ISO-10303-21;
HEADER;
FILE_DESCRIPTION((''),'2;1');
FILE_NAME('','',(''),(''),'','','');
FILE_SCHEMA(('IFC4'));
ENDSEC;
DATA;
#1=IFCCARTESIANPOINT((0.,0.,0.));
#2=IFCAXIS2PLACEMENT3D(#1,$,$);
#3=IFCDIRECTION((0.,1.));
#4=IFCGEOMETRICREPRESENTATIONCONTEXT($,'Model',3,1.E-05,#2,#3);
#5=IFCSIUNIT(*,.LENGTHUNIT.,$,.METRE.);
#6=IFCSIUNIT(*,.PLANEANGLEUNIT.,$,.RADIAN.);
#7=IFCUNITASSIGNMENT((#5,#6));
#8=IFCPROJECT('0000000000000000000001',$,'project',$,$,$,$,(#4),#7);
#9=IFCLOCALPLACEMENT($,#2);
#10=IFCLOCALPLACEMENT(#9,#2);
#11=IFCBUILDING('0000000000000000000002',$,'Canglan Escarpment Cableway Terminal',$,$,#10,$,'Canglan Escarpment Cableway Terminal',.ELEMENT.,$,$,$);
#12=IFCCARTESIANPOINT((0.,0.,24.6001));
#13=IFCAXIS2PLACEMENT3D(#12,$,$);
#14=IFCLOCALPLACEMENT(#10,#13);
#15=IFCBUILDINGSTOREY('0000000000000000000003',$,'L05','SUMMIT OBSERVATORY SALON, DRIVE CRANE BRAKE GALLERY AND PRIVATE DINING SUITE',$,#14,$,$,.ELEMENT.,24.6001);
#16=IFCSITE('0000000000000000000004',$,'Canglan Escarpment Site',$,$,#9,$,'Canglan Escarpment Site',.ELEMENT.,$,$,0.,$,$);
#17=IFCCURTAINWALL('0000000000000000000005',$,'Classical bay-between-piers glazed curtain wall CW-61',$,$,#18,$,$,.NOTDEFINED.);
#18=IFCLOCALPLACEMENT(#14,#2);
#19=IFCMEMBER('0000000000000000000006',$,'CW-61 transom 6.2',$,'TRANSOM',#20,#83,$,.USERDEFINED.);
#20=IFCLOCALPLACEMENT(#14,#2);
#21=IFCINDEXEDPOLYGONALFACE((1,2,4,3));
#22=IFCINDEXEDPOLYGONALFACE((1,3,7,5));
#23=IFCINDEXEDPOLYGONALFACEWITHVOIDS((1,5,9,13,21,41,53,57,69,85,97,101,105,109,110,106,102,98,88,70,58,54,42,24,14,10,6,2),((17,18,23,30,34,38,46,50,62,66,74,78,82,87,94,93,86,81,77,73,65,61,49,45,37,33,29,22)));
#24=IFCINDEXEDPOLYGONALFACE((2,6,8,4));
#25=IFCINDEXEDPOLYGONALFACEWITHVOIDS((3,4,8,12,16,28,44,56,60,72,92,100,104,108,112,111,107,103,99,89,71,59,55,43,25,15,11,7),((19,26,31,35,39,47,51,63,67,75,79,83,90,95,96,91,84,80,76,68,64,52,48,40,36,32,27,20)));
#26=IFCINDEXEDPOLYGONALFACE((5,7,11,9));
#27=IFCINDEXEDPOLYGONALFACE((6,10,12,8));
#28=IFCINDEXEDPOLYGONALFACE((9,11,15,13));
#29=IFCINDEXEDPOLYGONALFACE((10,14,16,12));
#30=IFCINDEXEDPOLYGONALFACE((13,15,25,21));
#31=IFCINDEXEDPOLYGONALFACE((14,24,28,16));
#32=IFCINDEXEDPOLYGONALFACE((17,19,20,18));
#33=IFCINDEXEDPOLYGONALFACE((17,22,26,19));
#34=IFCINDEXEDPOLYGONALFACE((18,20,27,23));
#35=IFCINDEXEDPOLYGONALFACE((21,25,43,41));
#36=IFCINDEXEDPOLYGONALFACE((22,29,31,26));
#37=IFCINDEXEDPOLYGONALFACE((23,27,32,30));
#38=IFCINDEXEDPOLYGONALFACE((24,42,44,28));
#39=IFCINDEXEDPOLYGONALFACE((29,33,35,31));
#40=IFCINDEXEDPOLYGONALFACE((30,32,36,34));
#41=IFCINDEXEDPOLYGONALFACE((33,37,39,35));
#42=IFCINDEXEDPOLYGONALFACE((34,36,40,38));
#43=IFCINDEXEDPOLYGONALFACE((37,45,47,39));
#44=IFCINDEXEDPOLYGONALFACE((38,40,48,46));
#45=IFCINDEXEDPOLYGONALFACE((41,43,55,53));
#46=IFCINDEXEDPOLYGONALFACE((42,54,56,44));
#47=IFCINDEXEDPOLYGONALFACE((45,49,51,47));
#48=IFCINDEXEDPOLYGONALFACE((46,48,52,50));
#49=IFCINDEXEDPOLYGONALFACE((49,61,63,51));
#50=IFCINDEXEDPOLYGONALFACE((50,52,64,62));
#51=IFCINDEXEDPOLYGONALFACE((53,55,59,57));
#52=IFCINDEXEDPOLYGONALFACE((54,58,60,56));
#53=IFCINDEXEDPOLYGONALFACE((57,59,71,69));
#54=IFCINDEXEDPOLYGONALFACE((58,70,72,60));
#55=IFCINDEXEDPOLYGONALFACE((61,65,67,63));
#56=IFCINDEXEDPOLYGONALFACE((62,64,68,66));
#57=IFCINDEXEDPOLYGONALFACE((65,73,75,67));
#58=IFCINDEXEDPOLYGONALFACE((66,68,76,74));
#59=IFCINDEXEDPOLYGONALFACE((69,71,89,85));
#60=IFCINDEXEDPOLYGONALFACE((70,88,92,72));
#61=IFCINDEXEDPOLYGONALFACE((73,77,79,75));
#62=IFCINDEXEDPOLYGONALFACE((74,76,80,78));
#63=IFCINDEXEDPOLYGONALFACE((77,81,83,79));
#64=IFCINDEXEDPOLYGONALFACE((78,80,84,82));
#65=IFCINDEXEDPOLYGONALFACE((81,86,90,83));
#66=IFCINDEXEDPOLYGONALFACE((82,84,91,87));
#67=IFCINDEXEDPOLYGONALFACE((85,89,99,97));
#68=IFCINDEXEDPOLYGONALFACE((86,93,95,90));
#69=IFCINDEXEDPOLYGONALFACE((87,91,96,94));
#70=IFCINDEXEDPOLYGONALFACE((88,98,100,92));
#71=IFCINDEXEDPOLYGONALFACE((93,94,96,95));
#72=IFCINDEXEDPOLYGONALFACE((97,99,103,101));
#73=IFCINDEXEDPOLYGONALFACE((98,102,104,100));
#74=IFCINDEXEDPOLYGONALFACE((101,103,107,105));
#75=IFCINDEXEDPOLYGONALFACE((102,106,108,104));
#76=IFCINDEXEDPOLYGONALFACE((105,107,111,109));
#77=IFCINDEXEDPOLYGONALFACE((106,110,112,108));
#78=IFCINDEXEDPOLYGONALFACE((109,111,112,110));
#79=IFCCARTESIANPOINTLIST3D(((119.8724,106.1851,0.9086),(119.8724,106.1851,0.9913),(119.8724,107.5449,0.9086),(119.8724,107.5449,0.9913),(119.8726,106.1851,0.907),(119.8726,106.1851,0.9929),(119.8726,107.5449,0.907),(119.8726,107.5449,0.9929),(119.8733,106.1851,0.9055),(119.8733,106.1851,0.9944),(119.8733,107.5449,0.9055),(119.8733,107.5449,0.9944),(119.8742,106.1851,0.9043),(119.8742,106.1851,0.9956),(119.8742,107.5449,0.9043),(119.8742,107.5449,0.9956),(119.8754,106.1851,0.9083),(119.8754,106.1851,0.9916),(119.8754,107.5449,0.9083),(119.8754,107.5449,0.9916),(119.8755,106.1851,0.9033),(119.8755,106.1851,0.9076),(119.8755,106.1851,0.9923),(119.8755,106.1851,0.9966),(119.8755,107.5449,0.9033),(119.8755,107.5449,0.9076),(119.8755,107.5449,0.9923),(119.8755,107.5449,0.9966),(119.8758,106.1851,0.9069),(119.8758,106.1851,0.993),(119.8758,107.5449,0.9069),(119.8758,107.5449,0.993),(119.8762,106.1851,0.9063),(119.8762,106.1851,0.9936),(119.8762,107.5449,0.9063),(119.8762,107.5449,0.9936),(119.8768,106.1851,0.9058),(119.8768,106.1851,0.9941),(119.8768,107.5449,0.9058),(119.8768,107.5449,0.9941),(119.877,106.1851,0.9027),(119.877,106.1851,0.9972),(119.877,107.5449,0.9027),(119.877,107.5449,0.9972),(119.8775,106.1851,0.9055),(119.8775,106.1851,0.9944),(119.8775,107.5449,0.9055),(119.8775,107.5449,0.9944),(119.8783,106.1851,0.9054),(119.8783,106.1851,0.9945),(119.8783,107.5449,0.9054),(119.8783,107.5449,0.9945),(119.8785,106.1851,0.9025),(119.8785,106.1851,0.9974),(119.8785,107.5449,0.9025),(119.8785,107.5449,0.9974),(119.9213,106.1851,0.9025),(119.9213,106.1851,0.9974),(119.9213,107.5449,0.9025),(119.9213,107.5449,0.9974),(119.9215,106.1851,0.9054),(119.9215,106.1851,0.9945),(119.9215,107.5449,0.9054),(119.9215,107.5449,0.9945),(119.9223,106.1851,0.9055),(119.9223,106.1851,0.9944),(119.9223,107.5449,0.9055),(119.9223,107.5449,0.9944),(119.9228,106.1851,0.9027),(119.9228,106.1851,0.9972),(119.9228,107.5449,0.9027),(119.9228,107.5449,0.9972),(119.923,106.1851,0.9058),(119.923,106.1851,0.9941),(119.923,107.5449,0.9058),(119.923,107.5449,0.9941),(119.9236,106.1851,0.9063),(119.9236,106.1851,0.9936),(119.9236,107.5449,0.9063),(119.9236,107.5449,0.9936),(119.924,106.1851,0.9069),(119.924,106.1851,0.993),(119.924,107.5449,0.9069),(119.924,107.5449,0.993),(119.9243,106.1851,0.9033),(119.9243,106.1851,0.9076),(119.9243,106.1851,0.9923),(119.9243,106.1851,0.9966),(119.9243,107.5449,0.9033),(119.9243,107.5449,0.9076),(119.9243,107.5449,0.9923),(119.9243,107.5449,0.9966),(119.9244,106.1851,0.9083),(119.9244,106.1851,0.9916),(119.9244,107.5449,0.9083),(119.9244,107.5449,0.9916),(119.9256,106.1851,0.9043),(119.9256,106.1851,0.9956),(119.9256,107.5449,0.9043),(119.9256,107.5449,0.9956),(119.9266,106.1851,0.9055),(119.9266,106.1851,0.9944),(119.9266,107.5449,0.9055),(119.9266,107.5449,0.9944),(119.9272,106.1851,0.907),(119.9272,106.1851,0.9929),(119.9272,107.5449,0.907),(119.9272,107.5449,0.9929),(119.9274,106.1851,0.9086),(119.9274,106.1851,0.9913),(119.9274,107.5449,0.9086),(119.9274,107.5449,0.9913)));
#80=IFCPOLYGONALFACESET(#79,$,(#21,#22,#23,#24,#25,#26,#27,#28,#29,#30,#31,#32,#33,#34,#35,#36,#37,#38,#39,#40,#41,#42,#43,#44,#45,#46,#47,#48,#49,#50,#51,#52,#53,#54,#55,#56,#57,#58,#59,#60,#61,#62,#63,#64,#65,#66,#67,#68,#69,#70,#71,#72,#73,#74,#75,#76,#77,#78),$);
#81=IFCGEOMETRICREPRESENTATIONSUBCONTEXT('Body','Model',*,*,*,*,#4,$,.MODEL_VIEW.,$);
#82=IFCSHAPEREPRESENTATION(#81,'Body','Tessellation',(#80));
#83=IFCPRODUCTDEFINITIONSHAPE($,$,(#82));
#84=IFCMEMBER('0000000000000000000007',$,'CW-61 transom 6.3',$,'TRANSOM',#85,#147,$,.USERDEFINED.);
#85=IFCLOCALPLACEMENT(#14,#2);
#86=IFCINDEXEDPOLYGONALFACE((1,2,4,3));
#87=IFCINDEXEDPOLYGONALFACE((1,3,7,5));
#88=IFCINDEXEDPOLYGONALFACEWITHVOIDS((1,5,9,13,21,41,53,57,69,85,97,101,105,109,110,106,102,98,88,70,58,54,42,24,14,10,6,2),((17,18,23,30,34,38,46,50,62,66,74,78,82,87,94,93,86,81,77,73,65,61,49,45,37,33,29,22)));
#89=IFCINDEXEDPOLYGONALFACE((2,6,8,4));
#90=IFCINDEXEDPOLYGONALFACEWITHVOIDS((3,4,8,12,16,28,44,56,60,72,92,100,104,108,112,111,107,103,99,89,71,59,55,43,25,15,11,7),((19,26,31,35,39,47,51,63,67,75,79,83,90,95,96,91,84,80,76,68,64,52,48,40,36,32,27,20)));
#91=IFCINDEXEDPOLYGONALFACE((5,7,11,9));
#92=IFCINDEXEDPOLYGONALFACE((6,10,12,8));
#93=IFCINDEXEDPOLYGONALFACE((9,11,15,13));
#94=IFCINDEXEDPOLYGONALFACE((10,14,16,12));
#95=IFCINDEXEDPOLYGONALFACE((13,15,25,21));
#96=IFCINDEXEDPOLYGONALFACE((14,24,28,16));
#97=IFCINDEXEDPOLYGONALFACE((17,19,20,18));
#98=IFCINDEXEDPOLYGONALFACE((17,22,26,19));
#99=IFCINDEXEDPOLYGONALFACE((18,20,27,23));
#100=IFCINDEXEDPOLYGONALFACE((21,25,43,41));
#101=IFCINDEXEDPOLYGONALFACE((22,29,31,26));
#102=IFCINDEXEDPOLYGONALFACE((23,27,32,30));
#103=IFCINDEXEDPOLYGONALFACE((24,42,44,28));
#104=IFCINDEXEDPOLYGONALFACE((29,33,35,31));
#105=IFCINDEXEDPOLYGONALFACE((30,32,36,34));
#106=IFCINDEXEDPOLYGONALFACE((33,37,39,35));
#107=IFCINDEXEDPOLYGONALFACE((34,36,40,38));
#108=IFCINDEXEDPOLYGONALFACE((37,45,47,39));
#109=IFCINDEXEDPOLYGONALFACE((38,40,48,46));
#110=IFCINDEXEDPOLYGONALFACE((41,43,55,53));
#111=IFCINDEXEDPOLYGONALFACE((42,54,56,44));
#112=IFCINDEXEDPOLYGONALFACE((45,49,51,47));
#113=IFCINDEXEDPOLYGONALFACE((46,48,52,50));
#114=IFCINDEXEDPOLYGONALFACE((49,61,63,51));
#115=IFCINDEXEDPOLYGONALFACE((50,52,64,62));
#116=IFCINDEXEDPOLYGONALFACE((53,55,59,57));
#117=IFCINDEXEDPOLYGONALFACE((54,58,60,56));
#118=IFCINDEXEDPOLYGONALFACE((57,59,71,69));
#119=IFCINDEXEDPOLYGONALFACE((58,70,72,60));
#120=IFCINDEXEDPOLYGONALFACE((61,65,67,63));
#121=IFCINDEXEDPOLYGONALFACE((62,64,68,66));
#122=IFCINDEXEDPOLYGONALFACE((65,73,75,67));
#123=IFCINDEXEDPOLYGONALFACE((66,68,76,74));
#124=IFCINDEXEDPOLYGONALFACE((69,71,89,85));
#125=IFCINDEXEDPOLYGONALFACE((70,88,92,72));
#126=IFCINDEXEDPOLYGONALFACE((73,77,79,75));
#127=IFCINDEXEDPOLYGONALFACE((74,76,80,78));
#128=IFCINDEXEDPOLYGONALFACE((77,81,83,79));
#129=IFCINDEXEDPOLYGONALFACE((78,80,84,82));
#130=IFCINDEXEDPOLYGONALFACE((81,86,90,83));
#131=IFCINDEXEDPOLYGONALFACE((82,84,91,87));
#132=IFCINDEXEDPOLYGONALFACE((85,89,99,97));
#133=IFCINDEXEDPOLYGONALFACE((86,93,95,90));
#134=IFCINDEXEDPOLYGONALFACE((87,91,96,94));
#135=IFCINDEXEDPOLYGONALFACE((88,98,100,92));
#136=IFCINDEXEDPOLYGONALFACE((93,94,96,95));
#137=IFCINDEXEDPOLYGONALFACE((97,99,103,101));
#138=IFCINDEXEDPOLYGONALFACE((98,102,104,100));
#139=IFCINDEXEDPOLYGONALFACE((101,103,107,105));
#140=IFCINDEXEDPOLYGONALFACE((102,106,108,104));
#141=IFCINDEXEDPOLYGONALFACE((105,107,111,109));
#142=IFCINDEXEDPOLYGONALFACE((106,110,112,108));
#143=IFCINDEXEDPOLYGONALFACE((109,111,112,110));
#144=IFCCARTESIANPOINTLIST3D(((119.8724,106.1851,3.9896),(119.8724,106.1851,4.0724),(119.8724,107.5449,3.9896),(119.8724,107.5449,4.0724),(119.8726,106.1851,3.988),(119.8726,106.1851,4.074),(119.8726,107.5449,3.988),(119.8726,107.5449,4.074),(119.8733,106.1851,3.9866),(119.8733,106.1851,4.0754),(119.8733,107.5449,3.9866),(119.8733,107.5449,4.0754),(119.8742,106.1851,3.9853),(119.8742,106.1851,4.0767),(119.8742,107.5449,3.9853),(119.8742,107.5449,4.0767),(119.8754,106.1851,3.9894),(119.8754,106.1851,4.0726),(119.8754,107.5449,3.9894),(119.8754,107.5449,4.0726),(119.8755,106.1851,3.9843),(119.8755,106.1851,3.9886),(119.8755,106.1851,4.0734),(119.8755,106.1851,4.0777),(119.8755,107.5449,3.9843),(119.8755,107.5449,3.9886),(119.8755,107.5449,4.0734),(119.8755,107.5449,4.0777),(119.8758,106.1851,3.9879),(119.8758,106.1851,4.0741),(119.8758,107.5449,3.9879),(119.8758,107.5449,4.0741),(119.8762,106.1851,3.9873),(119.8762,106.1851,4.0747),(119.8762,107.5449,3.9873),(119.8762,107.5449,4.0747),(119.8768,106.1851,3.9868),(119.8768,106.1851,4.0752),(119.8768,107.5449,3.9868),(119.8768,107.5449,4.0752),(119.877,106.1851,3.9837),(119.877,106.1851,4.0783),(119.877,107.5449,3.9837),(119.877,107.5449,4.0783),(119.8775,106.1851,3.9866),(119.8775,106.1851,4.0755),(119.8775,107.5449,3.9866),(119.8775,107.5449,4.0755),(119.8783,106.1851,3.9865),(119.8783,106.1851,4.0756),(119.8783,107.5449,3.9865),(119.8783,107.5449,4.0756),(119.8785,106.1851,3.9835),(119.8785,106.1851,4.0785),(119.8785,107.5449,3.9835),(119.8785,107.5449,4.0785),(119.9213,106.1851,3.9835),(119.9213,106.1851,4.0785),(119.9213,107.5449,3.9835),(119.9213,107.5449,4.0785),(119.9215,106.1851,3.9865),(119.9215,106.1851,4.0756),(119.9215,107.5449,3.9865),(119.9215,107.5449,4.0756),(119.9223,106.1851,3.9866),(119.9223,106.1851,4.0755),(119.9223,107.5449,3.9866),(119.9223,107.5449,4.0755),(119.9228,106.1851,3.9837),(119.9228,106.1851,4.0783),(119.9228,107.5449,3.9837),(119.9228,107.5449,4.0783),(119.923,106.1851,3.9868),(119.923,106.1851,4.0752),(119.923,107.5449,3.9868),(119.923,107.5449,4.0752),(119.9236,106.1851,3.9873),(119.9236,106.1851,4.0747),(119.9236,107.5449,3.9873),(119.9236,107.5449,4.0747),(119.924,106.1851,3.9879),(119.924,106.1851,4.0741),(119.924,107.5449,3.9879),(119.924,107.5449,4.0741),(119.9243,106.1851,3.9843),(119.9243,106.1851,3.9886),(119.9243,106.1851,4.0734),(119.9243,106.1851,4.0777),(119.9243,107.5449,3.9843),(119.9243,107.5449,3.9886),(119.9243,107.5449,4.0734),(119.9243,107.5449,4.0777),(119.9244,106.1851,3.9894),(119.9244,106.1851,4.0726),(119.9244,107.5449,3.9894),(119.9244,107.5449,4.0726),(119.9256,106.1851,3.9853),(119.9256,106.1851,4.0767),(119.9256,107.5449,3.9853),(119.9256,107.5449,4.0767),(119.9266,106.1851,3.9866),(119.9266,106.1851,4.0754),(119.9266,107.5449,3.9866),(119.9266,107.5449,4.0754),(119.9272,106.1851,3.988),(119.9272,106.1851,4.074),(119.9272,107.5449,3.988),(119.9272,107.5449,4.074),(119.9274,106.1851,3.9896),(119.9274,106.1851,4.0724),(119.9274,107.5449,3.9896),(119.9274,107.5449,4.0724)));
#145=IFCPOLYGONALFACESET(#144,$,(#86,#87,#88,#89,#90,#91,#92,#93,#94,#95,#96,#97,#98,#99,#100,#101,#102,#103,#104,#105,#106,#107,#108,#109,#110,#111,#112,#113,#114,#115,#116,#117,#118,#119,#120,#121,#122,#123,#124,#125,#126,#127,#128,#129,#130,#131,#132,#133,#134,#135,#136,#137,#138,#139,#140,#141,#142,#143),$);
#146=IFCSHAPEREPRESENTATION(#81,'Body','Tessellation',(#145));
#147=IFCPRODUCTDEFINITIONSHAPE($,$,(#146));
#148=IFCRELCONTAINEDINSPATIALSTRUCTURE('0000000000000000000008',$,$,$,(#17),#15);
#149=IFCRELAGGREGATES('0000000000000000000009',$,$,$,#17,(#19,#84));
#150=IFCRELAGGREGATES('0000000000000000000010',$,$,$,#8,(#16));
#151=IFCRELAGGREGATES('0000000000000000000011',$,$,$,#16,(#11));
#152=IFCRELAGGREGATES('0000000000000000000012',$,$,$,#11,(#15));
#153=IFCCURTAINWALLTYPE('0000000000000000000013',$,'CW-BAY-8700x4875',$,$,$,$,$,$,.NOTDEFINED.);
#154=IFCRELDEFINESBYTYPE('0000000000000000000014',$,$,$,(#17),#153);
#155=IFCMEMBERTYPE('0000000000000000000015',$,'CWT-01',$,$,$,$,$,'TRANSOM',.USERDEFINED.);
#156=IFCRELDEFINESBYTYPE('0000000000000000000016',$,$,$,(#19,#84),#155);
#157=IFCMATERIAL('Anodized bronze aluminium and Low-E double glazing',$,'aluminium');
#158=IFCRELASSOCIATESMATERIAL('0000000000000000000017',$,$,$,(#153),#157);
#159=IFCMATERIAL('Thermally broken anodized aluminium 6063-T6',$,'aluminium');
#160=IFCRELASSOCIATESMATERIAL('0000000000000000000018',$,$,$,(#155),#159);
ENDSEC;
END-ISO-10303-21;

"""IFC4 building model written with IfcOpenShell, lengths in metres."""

from ifc_helpers import new_model, si_unit, direction, frame, origin, origin_2d, place, context, subcontext, project, spatial, hollow_rectangle, extrude, material, material_profile, profile_set, type_object, element, aggregate, save


model = new_model("IFC4")

# Units and contexts
model_context = context("Model", 3, precision=1e-05, world=origin(), true_north=direction((0.0, 1.0)))
body_context = subcontext(model_context, "Body", "Model", "MODEL_VIEW")
ifc_project = project(units=[si_unit("LENGTHUNIT", "METRE"), si_unit("PLANEANGLEUNIT", "RADIAN")], contexts=[model_context])

# Site, building, storey
site_placement = place(None, origin())
site = spatial("IfcSite", under=ifc_project, at=site_placement, Name="Canglan Escarpment Site", LongName="Canglan Escarpment Site", CompositionType="ELEMENT", RefElevation=0.0)
building_placement = place(site_placement, origin())
building = spatial("IfcBuilding", under=site, at=building_placement, Name="Canglan Escarpment Cableway Terminal", LongName="Canglan Escarpment Cableway Terminal", CompositionType="ELEMENT")
storey_placement = place(building_placement, frame((0.0, 0.0, 24.6001)))
storey = spatial("IfcBuildingStorey", under=building, at=storey_placement, Name="L05", Description="SUMMIT OBSERVATORY SALON, DRIVE CRANE BRAKE GALLERY AND PRIVATE DINING SUITE", CompositionType="ELEMENT", Elevation=24.6001)

# Curtain wall, members
ifc_material_1 = material(Name="Anodized bronze aluminium and Low-E double glazing", Category="aluminium")
curtain_wall_type = type_object("IfcCurtainWallType", Name="CW-BAY-8700x4875", PredefinedType="NOTDEFINED", material=ifc_material_1)
curtain_wall_placement = place(storey_placement, origin())
curtain_wall = element("IfcCurtainWall", 1, at=curtain_wall_placement, inside=storey, type_object=curtain_wall_type, Name="Classical bay-between-piers glazed curtain wall CW-61", PredefinedType="NOTDEFINED")
ifc_material_2 = material(Name="Thermally broken anodized aluminium 6063-T6", Category="aluminium")
ifc_material_profile_1 = material_profile(ifc_material_2, hollow_rectangle(XDim=0.0549, YDim=0.095, WallThickness=0.0029, InnerFilletRadius=0.0029, OuterFilletRadius=0.0061, at=origin_2d()), Name="ALU-TRAN 55x95x3")
ifc_profile_set_1 = profile_set([ifc_material_profile_1], Name="Thermally broken anodized aluminium 6063-T6")
member_type_1 = type_object("IfcMemberType", Name="CWT-01", ElementType="TRANSOM", PredefinedType="USERDEFINED", material=ifc_profile_set_1)
member_1_placement = place(storey_placement, frame((119.8999, 107.5449, 0.95), z_axis=(0.0, -1.0, 0.0), x_axis=(1.0, 0.0, 0.0)))
member_1 = element("IfcMember", 2, at=member_1_placement, type_object=member_type_1, Name="CW-61 transom 6.2", ObjectType="TRANSOM", PredefinedType="USERDEFINED", context=body_context, shape_type="SweptSolid", body=[
    extrude(hollow_rectangle(XDim=0.0549, YDim=0.095, WallThickness=0.0029, InnerFilletRadius=0.0029, OuterFilletRadius=0.0061, at=origin_2d()), origin(), (0.0, 0.0, 1.0), 1.3599),
])
member_2_placement = place(storey_placement, frame((119.8999, 107.5449, 4.031), z_axis=(0.0, -1.0, 0.0), x_axis=(1.0, 0.0, 0.0)))
member_2 = element("IfcMember", 3, at=member_2_placement, type_object=member_type_1, Name="CW-61 transom 6.3", ObjectType="TRANSOM", PredefinedType="USERDEFINED", context=body_context, shape_type="SweptSolid", body=[
    extrude(hollow_rectangle(XDim=0.0549, YDim=0.095, WallThickness=0.0029, InnerFilletRadius=0.0029, OuterFilletRadius=0.0061, at=origin_2d()), origin(), (0.0, 0.0, 1.0), 1.3599),
])
aggregate(curtain_wall, [member_1, member_2])

save(model, "model.ifc")
